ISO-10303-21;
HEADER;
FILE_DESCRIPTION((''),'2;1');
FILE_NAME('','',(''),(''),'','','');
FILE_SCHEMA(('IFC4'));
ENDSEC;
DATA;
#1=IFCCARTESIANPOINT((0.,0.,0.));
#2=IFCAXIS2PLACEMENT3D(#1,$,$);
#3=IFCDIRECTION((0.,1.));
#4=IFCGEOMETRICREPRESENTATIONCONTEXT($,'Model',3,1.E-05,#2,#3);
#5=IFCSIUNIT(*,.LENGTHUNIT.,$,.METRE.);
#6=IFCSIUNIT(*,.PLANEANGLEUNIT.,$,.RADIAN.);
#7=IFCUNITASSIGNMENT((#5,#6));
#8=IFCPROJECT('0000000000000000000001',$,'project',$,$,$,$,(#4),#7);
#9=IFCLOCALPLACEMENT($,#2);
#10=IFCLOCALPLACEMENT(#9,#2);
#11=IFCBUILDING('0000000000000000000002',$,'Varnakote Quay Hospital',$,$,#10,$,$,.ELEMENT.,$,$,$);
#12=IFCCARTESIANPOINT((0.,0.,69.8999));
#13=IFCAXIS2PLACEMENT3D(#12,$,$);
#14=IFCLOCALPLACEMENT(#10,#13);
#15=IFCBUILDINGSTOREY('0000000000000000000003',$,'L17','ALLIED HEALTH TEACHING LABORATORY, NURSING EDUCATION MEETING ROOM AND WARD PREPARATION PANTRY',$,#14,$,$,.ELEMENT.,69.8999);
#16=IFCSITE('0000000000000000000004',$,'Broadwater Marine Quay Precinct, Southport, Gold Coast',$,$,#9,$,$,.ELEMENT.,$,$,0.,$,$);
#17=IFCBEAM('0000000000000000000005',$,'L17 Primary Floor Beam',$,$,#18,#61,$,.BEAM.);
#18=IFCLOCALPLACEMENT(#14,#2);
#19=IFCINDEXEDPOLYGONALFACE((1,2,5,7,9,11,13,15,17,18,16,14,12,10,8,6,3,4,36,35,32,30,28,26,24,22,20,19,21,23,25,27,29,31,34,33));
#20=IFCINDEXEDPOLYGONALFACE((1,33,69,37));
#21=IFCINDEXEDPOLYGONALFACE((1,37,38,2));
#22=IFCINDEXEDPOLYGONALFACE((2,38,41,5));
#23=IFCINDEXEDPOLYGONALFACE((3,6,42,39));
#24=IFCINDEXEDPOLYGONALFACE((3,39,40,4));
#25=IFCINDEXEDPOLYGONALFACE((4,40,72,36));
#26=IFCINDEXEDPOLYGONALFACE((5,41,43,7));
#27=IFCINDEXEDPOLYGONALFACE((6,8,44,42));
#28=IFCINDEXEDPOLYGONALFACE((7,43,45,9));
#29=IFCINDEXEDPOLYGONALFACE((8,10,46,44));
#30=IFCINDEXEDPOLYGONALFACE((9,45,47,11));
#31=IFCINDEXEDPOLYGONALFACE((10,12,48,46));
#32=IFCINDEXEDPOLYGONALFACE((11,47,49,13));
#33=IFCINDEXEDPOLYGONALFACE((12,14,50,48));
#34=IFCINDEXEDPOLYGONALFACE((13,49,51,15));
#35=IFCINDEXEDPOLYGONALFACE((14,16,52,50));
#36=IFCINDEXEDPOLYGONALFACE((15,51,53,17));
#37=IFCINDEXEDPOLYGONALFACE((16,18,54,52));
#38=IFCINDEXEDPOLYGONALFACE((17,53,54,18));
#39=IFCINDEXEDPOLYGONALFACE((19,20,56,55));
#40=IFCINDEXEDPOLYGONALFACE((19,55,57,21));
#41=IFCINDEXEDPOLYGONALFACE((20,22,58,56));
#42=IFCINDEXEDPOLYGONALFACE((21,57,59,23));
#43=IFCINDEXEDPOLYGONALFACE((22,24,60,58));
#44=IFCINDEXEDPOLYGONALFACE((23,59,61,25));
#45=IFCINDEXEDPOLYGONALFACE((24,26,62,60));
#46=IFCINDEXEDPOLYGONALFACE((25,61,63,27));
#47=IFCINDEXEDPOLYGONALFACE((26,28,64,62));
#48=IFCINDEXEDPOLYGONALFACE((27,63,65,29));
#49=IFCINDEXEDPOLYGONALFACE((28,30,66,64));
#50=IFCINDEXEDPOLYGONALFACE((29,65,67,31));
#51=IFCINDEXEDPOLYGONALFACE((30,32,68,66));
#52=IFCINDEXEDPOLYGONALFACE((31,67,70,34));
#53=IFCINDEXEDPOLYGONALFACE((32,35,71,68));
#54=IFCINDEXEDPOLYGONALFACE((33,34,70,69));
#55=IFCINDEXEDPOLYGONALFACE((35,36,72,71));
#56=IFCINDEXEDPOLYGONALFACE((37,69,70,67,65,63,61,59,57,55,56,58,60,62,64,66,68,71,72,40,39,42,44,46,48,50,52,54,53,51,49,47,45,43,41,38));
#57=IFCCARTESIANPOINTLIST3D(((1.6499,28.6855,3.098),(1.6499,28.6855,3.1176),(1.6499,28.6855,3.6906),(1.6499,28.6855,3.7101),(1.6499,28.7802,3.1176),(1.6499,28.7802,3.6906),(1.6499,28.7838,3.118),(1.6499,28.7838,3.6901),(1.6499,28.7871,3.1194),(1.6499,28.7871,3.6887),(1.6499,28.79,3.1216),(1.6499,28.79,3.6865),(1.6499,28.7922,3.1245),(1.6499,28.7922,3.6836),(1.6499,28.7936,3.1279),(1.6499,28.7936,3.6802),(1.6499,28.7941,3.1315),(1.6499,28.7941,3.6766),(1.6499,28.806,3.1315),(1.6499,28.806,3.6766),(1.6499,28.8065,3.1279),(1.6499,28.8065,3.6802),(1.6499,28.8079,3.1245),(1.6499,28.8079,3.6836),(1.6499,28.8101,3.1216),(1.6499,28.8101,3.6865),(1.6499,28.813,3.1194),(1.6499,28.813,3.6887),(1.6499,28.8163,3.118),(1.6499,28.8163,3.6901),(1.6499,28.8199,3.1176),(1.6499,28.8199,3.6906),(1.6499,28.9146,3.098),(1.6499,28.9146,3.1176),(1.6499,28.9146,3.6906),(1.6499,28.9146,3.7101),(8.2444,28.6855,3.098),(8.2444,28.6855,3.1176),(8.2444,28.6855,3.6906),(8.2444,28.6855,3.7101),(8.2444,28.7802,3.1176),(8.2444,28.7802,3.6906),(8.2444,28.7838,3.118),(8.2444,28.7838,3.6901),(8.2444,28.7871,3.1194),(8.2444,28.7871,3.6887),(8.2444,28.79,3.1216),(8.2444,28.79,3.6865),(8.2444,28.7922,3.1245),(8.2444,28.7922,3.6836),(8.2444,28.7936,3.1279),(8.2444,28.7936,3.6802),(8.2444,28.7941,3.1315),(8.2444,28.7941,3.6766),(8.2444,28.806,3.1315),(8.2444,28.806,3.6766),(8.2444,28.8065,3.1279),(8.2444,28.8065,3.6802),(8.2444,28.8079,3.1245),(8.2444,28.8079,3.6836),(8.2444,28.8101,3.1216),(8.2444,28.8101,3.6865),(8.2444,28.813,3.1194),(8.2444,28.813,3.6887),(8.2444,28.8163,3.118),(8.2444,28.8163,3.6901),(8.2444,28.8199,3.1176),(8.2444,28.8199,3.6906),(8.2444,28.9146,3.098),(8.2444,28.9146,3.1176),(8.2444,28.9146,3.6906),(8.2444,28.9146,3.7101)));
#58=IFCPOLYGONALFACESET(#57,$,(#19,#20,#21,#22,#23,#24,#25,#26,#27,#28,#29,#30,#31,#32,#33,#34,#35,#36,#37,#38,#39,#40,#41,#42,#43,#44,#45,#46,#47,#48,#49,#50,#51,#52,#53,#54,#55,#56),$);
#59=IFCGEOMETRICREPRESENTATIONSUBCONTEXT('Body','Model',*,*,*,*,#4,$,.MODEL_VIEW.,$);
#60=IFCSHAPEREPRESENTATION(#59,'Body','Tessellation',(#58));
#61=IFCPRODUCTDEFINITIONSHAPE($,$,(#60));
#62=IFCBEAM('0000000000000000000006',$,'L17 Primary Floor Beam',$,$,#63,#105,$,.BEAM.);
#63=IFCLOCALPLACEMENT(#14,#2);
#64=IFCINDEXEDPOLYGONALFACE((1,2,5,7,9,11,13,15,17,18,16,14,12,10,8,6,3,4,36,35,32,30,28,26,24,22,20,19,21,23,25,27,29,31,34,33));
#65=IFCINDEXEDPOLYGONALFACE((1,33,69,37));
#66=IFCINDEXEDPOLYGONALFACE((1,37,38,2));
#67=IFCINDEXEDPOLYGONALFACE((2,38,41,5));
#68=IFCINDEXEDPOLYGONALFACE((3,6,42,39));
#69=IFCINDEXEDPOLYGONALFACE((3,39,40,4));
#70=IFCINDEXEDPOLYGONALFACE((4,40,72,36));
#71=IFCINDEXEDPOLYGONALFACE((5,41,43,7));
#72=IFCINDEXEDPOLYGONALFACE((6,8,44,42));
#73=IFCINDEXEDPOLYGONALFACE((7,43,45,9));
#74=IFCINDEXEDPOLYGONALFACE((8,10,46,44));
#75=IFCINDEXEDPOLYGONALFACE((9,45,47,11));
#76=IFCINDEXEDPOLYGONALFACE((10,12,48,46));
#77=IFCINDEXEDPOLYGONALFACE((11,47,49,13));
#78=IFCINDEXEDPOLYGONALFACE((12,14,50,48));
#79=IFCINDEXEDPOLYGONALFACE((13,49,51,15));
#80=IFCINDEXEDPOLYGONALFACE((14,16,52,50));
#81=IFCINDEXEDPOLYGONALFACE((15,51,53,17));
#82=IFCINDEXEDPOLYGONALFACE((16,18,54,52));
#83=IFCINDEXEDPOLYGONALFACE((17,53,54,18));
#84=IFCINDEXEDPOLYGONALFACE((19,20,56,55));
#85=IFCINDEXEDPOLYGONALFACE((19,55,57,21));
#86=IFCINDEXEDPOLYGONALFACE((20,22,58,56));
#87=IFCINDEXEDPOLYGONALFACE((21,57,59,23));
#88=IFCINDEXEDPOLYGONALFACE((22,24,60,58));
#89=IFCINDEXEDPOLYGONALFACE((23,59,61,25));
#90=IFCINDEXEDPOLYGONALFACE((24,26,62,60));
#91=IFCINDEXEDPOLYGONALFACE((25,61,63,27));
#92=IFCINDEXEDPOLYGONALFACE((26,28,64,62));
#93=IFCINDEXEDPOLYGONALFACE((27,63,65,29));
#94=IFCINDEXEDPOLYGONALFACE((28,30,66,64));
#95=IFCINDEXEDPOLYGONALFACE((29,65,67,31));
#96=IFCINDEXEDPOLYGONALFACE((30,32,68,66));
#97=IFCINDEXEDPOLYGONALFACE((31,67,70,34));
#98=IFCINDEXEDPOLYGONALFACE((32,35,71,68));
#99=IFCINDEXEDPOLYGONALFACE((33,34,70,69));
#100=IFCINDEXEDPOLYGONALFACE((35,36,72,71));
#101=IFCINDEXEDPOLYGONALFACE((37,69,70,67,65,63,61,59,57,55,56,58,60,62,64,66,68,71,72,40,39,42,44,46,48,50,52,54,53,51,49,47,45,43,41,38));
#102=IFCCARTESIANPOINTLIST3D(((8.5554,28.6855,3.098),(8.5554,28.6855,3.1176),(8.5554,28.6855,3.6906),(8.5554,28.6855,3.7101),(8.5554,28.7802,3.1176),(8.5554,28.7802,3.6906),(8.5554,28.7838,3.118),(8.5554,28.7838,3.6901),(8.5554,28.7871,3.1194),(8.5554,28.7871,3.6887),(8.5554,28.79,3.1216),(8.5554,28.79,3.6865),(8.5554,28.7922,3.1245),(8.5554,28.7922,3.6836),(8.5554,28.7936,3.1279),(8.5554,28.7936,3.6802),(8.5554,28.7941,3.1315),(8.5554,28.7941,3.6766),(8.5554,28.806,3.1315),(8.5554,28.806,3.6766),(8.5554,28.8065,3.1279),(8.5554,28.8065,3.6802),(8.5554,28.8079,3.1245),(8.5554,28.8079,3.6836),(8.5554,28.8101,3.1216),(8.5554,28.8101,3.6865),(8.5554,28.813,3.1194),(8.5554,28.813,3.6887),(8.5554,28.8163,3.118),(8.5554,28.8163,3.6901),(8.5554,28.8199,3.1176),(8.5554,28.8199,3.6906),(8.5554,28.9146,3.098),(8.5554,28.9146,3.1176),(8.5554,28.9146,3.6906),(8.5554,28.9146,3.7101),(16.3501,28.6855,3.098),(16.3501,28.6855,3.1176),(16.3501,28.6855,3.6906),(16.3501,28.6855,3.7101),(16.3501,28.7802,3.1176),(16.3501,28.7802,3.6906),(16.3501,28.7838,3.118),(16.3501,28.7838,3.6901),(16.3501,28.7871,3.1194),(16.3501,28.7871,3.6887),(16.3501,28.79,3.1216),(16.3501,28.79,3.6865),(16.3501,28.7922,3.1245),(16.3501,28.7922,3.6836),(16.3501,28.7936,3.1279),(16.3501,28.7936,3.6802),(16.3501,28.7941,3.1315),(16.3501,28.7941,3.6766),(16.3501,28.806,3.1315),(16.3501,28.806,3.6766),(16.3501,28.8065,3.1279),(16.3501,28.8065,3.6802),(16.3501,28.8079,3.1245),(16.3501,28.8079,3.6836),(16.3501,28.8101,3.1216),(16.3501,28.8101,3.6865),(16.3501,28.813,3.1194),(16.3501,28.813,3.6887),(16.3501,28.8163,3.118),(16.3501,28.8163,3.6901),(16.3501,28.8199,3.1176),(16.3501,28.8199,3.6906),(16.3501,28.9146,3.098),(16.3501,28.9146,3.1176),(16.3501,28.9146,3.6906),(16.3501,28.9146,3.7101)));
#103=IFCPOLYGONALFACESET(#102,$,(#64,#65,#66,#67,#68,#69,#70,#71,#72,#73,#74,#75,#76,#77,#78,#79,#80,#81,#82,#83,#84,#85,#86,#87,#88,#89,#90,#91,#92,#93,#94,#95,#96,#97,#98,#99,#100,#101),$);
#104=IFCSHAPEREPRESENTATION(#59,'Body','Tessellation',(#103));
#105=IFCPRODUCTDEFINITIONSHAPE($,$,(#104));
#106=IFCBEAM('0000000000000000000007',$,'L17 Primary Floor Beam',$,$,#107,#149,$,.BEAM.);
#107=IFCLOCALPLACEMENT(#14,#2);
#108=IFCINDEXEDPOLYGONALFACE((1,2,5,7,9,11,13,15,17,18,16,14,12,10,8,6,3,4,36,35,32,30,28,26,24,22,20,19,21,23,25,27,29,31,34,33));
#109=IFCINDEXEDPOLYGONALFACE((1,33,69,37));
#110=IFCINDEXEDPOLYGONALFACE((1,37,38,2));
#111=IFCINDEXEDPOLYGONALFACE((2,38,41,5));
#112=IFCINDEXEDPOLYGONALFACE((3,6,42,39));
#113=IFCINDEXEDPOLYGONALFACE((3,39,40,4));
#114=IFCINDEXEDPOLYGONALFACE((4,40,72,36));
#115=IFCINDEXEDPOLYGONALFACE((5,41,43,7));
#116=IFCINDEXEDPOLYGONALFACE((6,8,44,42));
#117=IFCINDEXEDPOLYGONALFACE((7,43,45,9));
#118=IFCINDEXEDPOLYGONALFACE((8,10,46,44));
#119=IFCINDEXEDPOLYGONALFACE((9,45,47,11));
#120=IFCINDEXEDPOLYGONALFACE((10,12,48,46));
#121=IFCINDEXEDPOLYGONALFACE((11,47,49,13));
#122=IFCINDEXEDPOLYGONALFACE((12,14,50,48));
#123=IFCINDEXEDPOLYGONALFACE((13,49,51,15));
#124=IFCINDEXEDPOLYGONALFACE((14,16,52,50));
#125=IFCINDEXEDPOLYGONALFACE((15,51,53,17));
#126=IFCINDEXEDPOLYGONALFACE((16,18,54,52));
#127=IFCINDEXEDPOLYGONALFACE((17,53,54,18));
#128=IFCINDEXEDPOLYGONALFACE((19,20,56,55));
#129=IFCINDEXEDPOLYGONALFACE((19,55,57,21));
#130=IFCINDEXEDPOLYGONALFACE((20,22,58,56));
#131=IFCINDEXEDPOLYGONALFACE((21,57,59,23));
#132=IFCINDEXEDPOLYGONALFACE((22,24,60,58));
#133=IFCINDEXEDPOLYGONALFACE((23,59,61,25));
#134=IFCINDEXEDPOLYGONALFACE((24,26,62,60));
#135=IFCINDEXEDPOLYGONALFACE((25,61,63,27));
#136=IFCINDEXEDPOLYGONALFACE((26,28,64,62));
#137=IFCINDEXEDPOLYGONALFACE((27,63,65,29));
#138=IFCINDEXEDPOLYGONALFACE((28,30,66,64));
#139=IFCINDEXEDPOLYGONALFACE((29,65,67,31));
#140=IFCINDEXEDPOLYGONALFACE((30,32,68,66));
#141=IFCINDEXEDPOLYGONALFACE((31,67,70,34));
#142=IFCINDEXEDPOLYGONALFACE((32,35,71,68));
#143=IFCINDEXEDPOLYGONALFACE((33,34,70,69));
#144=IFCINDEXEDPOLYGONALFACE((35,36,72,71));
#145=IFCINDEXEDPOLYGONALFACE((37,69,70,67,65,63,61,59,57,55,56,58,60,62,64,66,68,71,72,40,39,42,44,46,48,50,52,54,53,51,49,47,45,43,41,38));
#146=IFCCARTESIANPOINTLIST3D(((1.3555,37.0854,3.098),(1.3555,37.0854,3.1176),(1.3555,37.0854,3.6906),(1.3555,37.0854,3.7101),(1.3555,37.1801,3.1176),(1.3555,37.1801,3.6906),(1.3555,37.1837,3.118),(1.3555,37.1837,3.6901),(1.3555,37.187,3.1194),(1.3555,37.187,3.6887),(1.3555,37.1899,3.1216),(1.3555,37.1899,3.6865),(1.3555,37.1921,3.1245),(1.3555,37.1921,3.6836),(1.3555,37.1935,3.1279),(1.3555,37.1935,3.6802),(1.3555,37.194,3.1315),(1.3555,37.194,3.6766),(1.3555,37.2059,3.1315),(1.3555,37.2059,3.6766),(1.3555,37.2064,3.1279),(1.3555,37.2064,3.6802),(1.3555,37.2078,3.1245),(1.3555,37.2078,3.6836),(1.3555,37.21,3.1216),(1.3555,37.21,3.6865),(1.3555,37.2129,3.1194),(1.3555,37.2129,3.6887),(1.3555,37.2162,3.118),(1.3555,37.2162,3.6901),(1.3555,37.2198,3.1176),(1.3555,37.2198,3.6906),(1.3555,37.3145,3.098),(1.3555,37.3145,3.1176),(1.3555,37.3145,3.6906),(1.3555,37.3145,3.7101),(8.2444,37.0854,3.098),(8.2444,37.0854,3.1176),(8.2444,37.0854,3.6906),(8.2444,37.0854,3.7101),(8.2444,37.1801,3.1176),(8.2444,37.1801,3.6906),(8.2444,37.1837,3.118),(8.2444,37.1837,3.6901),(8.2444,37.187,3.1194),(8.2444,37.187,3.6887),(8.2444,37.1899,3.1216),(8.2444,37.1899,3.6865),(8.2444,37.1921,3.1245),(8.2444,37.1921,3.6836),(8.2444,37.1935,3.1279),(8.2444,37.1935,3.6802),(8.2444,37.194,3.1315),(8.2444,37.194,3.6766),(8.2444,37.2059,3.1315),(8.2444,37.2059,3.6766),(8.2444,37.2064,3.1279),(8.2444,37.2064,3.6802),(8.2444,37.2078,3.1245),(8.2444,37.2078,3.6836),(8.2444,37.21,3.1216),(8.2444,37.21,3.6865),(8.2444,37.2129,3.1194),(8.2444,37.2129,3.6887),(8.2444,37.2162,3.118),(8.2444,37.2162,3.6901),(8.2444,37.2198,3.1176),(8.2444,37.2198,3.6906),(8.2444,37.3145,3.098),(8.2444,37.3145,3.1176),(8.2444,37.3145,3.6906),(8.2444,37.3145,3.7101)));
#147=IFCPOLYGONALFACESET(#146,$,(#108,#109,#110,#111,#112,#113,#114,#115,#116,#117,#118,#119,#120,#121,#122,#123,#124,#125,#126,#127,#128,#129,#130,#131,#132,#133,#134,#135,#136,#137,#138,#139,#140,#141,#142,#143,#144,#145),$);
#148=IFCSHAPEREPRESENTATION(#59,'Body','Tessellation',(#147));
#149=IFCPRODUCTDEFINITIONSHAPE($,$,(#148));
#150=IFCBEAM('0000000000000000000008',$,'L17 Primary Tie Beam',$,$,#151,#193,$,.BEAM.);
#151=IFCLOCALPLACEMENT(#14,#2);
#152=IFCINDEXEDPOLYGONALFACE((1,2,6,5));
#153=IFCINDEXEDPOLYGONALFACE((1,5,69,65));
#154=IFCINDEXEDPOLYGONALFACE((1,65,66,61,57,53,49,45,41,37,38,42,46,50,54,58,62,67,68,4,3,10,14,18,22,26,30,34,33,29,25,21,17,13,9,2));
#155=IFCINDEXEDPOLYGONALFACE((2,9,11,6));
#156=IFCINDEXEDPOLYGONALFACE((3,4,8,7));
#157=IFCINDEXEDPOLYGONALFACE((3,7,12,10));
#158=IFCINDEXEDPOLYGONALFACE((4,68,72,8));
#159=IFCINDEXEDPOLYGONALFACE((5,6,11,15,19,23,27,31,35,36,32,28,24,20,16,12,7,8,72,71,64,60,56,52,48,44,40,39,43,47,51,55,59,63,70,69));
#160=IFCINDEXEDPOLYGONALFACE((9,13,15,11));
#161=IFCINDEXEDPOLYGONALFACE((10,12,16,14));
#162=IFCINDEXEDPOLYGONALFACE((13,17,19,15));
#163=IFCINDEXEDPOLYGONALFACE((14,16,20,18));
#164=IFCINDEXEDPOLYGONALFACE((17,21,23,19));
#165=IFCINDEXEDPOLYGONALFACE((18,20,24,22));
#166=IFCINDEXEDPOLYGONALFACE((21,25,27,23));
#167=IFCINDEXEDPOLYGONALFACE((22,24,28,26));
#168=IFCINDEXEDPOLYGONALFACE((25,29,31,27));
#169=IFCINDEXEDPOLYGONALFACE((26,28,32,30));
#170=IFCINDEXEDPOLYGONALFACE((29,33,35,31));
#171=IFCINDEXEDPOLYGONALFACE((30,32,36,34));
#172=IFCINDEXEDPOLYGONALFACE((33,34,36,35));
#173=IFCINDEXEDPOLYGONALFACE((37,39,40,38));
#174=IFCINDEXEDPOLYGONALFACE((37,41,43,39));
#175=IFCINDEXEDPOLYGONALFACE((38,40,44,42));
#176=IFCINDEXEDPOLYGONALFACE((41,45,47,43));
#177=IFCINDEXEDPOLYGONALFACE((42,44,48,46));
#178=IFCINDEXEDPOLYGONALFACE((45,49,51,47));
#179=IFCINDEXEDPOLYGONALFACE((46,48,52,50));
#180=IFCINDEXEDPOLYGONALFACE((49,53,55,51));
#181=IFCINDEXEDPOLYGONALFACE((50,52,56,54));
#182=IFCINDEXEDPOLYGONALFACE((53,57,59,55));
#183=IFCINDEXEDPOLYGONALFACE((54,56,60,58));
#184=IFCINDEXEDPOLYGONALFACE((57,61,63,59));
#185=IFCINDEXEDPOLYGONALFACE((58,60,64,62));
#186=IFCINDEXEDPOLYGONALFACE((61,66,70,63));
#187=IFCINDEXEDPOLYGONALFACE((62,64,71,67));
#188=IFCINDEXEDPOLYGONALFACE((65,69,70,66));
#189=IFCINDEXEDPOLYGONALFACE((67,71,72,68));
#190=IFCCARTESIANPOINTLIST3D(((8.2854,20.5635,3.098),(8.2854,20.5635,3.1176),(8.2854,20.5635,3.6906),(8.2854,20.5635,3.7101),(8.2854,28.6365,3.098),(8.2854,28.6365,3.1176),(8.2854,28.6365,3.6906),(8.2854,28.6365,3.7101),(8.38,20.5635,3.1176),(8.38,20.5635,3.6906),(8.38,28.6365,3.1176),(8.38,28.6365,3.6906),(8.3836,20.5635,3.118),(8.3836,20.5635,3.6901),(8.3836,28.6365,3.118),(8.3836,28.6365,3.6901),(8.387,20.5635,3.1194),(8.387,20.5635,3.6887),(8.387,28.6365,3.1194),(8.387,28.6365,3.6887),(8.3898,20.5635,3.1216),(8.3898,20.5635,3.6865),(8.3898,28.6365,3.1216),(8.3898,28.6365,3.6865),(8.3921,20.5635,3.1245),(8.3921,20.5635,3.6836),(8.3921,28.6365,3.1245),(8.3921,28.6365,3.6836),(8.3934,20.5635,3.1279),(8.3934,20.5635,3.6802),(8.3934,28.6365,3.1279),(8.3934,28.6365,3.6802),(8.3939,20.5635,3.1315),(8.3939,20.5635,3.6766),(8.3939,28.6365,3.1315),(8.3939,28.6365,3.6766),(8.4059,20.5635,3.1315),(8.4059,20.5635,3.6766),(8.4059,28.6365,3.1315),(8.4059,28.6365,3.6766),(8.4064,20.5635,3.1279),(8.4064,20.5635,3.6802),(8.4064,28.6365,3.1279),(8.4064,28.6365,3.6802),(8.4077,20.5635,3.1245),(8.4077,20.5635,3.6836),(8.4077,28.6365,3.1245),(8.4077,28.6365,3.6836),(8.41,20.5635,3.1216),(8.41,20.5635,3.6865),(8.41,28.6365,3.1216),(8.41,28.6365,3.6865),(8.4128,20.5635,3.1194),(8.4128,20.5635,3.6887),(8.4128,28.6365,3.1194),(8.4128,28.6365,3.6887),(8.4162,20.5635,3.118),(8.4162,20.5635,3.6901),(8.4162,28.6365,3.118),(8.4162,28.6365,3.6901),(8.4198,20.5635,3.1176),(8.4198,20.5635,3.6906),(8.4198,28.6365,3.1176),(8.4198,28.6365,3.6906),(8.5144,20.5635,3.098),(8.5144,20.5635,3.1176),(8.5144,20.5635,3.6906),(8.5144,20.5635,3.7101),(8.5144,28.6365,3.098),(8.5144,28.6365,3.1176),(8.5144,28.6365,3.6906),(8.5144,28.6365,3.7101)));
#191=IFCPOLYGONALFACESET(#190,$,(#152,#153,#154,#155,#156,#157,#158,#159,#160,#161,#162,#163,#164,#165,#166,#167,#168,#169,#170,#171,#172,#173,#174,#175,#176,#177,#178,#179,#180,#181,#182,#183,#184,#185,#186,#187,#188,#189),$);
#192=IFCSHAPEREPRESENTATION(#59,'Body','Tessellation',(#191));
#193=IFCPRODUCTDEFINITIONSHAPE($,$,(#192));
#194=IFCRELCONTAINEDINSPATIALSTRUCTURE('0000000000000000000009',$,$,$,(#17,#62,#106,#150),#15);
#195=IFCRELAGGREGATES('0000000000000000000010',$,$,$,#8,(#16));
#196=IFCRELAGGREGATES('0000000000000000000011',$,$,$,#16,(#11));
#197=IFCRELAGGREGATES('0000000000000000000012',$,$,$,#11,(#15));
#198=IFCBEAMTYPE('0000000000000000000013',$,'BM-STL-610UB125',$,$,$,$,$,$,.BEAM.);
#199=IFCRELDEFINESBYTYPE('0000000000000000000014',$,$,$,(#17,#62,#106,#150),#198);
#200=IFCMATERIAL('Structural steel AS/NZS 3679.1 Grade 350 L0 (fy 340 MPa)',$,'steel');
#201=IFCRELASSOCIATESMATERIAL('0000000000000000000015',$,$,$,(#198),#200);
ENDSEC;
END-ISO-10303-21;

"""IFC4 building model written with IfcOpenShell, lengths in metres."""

from ifc_helpers import new_model, si_unit, direction, frame, origin, origin_2d, place, context, subcontext, project, spatial, i_section, extrude, material, material_profile, profile_set, type_object, element, save


model = new_model("IFC4")

# Units and contexts
model_context = context("Model", 3, precision=1e-05, world=origin(), true_north=direction((0.0, 1.0)))
body_context = subcontext(model_context, "Body", "Model", "MODEL_VIEW")
ifc_project = project(units=[si_unit("LENGTHUNIT", "METRE"), si_unit("PLANEANGLEUNIT", "RADIAN")], contexts=[model_context])

# Site, building, storey
site_placement = place(None, origin())
site = spatial("IfcSite", under=ifc_project, at=site_placement, Name="Broadwater Marine Quay Precinct, Southport, Gold Coast", CompositionType="ELEMENT", RefElevation=0.0)
building_placement = place(site_placement, origin())
building = spatial("IfcBuilding", under=site, at=building_placement, Name="Varnakote Quay Hospital", CompositionType="ELEMENT")
storey_placement = place(building_placement, frame((0.0, 0.0, 69.8999)))
storey = spatial("IfcBuildingStorey", under=building, at=storey_placement, Name="L17", Description="ALLIED HEALTH TEACHING LABORATORY, NURSING EDUCATION MEETING ROOM AND WARD PREPARATION PANTRY", CompositionType="ELEMENT", Elevation=69.8999)

# Beams
ifc_material_1 = material(Name="Structural steel AS/NZS 3679.1 Grade 350 L0 (fy 340 MPa)", Category="steel")
ifc_material_profile_1 = material_profile(ifc_material_1, i_section(OverallWidth=0.229, OverallDepth=0.6121, WebThickness=0.012, FlangeThickness=0.0195, FilletRadius=0.0139, at=origin_2d()), Name="610UB125")
ifc_profile_set_1 = profile_set([ifc_material_profile_1], Name="Structural steel AS/NZS 3679.1 Grade 350 L0 (fy 340 MPa)")
beam_type_1 = type_object("IfcBeamType", Name="BM-STL-610UB125", PredefinedType="BEAM", material=ifc_profile_set_1)
beam_1_placement = place(storey_placement, frame((1.6499, 28.8, 3.4041), z_axis=(1.0, 0.0, 0.0), x_axis=(0.0, 1.0, 0.0)))
element("IfcBeam", 1, at=beam_1_placement, inside=storey, type_object=beam_type_1, Name="L17 Primary Floor Beam", PredefinedType="BEAM", context=body_context, shape_type="SweptSolid", body=[
    extrude(i_section(OverallWidth=0.229, OverallDepth=0.6121, WebThickness=0.012, FlangeThickness=0.0195, FilletRadius=0.0139, at=origin_2d()), origin(), (0.0, 0.0, 1.0), 6.5945),
])
beam_2_placement = place(storey_placement, frame((8.5554, 28.8, 3.4041), z_axis=(1.0, 0.0, 0.0), x_axis=(0.0, 1.0, 0.0)))
element("IfcBeam", 2, at=beam_2_placement, inside=storey, type_object=beam_type_1, Name="L17 Primary Floor Beam", PredefinedType="BEAM", context=body_context, shape_type="SweptSolid", body=[
    extrude(i_section(OverallWidth=0.229, OverallDepth=0.6121, WebThickness=0.012, FlangeThickness=0.0195, FilletRadius=0.0139, at=origin_2d()), origin(), (0.0, 0.0, 1.0), 7.7947),
])
beam_3_placement = place(storey_placement, frame((1.3555, 37.2, 3.4041), z_axis=(1.0, 0.0, 0.0), x_axis=(0.0, 1.0, 0.0)))
element("IfcBeam", 3, at=beam_3_placement, inside=storey, type_object=beam_type_1, Name="L17 Primary Floor Beam", PredefinedType="BEAM", context=body_context, shape_type="SweptSolid", body=[
    extrude(i_section(OverallWidth=0.229, OverallDepth=0.6121, WebThickness=0.012, FlangeThickness=0.0195, FilletRadius=0.0139, at=origin_2d()), origin(), (0.0, 0.0, 1.0), 6.8889),
])
beam_4_placement = place(storey_placement, frame((8.3999, 20.5635, 3.4041), z_axis=(0.0, 1.0, 0.0), x_axis=(-1.0, 0.0, 0.0)))
element("IfcBeam", 4, at=beam_4_placement, inside=storey, type_object=beam_type_1, Name="L17 Primary Tie Beam", PredefinedType="BEAM", context=body_context, shape_type="SweptSolid", body=[
    extrude(i_section(OverallWidth=0.229, OverallDepth=0.6121, WebThickness=0.012, FlangeThickness=0.0195, FilletRadius=0.0139, at=origin_2d()), origin(), (0.0, 0.0, 1.0), 8.073),
])

save(model, "model.ifc")
